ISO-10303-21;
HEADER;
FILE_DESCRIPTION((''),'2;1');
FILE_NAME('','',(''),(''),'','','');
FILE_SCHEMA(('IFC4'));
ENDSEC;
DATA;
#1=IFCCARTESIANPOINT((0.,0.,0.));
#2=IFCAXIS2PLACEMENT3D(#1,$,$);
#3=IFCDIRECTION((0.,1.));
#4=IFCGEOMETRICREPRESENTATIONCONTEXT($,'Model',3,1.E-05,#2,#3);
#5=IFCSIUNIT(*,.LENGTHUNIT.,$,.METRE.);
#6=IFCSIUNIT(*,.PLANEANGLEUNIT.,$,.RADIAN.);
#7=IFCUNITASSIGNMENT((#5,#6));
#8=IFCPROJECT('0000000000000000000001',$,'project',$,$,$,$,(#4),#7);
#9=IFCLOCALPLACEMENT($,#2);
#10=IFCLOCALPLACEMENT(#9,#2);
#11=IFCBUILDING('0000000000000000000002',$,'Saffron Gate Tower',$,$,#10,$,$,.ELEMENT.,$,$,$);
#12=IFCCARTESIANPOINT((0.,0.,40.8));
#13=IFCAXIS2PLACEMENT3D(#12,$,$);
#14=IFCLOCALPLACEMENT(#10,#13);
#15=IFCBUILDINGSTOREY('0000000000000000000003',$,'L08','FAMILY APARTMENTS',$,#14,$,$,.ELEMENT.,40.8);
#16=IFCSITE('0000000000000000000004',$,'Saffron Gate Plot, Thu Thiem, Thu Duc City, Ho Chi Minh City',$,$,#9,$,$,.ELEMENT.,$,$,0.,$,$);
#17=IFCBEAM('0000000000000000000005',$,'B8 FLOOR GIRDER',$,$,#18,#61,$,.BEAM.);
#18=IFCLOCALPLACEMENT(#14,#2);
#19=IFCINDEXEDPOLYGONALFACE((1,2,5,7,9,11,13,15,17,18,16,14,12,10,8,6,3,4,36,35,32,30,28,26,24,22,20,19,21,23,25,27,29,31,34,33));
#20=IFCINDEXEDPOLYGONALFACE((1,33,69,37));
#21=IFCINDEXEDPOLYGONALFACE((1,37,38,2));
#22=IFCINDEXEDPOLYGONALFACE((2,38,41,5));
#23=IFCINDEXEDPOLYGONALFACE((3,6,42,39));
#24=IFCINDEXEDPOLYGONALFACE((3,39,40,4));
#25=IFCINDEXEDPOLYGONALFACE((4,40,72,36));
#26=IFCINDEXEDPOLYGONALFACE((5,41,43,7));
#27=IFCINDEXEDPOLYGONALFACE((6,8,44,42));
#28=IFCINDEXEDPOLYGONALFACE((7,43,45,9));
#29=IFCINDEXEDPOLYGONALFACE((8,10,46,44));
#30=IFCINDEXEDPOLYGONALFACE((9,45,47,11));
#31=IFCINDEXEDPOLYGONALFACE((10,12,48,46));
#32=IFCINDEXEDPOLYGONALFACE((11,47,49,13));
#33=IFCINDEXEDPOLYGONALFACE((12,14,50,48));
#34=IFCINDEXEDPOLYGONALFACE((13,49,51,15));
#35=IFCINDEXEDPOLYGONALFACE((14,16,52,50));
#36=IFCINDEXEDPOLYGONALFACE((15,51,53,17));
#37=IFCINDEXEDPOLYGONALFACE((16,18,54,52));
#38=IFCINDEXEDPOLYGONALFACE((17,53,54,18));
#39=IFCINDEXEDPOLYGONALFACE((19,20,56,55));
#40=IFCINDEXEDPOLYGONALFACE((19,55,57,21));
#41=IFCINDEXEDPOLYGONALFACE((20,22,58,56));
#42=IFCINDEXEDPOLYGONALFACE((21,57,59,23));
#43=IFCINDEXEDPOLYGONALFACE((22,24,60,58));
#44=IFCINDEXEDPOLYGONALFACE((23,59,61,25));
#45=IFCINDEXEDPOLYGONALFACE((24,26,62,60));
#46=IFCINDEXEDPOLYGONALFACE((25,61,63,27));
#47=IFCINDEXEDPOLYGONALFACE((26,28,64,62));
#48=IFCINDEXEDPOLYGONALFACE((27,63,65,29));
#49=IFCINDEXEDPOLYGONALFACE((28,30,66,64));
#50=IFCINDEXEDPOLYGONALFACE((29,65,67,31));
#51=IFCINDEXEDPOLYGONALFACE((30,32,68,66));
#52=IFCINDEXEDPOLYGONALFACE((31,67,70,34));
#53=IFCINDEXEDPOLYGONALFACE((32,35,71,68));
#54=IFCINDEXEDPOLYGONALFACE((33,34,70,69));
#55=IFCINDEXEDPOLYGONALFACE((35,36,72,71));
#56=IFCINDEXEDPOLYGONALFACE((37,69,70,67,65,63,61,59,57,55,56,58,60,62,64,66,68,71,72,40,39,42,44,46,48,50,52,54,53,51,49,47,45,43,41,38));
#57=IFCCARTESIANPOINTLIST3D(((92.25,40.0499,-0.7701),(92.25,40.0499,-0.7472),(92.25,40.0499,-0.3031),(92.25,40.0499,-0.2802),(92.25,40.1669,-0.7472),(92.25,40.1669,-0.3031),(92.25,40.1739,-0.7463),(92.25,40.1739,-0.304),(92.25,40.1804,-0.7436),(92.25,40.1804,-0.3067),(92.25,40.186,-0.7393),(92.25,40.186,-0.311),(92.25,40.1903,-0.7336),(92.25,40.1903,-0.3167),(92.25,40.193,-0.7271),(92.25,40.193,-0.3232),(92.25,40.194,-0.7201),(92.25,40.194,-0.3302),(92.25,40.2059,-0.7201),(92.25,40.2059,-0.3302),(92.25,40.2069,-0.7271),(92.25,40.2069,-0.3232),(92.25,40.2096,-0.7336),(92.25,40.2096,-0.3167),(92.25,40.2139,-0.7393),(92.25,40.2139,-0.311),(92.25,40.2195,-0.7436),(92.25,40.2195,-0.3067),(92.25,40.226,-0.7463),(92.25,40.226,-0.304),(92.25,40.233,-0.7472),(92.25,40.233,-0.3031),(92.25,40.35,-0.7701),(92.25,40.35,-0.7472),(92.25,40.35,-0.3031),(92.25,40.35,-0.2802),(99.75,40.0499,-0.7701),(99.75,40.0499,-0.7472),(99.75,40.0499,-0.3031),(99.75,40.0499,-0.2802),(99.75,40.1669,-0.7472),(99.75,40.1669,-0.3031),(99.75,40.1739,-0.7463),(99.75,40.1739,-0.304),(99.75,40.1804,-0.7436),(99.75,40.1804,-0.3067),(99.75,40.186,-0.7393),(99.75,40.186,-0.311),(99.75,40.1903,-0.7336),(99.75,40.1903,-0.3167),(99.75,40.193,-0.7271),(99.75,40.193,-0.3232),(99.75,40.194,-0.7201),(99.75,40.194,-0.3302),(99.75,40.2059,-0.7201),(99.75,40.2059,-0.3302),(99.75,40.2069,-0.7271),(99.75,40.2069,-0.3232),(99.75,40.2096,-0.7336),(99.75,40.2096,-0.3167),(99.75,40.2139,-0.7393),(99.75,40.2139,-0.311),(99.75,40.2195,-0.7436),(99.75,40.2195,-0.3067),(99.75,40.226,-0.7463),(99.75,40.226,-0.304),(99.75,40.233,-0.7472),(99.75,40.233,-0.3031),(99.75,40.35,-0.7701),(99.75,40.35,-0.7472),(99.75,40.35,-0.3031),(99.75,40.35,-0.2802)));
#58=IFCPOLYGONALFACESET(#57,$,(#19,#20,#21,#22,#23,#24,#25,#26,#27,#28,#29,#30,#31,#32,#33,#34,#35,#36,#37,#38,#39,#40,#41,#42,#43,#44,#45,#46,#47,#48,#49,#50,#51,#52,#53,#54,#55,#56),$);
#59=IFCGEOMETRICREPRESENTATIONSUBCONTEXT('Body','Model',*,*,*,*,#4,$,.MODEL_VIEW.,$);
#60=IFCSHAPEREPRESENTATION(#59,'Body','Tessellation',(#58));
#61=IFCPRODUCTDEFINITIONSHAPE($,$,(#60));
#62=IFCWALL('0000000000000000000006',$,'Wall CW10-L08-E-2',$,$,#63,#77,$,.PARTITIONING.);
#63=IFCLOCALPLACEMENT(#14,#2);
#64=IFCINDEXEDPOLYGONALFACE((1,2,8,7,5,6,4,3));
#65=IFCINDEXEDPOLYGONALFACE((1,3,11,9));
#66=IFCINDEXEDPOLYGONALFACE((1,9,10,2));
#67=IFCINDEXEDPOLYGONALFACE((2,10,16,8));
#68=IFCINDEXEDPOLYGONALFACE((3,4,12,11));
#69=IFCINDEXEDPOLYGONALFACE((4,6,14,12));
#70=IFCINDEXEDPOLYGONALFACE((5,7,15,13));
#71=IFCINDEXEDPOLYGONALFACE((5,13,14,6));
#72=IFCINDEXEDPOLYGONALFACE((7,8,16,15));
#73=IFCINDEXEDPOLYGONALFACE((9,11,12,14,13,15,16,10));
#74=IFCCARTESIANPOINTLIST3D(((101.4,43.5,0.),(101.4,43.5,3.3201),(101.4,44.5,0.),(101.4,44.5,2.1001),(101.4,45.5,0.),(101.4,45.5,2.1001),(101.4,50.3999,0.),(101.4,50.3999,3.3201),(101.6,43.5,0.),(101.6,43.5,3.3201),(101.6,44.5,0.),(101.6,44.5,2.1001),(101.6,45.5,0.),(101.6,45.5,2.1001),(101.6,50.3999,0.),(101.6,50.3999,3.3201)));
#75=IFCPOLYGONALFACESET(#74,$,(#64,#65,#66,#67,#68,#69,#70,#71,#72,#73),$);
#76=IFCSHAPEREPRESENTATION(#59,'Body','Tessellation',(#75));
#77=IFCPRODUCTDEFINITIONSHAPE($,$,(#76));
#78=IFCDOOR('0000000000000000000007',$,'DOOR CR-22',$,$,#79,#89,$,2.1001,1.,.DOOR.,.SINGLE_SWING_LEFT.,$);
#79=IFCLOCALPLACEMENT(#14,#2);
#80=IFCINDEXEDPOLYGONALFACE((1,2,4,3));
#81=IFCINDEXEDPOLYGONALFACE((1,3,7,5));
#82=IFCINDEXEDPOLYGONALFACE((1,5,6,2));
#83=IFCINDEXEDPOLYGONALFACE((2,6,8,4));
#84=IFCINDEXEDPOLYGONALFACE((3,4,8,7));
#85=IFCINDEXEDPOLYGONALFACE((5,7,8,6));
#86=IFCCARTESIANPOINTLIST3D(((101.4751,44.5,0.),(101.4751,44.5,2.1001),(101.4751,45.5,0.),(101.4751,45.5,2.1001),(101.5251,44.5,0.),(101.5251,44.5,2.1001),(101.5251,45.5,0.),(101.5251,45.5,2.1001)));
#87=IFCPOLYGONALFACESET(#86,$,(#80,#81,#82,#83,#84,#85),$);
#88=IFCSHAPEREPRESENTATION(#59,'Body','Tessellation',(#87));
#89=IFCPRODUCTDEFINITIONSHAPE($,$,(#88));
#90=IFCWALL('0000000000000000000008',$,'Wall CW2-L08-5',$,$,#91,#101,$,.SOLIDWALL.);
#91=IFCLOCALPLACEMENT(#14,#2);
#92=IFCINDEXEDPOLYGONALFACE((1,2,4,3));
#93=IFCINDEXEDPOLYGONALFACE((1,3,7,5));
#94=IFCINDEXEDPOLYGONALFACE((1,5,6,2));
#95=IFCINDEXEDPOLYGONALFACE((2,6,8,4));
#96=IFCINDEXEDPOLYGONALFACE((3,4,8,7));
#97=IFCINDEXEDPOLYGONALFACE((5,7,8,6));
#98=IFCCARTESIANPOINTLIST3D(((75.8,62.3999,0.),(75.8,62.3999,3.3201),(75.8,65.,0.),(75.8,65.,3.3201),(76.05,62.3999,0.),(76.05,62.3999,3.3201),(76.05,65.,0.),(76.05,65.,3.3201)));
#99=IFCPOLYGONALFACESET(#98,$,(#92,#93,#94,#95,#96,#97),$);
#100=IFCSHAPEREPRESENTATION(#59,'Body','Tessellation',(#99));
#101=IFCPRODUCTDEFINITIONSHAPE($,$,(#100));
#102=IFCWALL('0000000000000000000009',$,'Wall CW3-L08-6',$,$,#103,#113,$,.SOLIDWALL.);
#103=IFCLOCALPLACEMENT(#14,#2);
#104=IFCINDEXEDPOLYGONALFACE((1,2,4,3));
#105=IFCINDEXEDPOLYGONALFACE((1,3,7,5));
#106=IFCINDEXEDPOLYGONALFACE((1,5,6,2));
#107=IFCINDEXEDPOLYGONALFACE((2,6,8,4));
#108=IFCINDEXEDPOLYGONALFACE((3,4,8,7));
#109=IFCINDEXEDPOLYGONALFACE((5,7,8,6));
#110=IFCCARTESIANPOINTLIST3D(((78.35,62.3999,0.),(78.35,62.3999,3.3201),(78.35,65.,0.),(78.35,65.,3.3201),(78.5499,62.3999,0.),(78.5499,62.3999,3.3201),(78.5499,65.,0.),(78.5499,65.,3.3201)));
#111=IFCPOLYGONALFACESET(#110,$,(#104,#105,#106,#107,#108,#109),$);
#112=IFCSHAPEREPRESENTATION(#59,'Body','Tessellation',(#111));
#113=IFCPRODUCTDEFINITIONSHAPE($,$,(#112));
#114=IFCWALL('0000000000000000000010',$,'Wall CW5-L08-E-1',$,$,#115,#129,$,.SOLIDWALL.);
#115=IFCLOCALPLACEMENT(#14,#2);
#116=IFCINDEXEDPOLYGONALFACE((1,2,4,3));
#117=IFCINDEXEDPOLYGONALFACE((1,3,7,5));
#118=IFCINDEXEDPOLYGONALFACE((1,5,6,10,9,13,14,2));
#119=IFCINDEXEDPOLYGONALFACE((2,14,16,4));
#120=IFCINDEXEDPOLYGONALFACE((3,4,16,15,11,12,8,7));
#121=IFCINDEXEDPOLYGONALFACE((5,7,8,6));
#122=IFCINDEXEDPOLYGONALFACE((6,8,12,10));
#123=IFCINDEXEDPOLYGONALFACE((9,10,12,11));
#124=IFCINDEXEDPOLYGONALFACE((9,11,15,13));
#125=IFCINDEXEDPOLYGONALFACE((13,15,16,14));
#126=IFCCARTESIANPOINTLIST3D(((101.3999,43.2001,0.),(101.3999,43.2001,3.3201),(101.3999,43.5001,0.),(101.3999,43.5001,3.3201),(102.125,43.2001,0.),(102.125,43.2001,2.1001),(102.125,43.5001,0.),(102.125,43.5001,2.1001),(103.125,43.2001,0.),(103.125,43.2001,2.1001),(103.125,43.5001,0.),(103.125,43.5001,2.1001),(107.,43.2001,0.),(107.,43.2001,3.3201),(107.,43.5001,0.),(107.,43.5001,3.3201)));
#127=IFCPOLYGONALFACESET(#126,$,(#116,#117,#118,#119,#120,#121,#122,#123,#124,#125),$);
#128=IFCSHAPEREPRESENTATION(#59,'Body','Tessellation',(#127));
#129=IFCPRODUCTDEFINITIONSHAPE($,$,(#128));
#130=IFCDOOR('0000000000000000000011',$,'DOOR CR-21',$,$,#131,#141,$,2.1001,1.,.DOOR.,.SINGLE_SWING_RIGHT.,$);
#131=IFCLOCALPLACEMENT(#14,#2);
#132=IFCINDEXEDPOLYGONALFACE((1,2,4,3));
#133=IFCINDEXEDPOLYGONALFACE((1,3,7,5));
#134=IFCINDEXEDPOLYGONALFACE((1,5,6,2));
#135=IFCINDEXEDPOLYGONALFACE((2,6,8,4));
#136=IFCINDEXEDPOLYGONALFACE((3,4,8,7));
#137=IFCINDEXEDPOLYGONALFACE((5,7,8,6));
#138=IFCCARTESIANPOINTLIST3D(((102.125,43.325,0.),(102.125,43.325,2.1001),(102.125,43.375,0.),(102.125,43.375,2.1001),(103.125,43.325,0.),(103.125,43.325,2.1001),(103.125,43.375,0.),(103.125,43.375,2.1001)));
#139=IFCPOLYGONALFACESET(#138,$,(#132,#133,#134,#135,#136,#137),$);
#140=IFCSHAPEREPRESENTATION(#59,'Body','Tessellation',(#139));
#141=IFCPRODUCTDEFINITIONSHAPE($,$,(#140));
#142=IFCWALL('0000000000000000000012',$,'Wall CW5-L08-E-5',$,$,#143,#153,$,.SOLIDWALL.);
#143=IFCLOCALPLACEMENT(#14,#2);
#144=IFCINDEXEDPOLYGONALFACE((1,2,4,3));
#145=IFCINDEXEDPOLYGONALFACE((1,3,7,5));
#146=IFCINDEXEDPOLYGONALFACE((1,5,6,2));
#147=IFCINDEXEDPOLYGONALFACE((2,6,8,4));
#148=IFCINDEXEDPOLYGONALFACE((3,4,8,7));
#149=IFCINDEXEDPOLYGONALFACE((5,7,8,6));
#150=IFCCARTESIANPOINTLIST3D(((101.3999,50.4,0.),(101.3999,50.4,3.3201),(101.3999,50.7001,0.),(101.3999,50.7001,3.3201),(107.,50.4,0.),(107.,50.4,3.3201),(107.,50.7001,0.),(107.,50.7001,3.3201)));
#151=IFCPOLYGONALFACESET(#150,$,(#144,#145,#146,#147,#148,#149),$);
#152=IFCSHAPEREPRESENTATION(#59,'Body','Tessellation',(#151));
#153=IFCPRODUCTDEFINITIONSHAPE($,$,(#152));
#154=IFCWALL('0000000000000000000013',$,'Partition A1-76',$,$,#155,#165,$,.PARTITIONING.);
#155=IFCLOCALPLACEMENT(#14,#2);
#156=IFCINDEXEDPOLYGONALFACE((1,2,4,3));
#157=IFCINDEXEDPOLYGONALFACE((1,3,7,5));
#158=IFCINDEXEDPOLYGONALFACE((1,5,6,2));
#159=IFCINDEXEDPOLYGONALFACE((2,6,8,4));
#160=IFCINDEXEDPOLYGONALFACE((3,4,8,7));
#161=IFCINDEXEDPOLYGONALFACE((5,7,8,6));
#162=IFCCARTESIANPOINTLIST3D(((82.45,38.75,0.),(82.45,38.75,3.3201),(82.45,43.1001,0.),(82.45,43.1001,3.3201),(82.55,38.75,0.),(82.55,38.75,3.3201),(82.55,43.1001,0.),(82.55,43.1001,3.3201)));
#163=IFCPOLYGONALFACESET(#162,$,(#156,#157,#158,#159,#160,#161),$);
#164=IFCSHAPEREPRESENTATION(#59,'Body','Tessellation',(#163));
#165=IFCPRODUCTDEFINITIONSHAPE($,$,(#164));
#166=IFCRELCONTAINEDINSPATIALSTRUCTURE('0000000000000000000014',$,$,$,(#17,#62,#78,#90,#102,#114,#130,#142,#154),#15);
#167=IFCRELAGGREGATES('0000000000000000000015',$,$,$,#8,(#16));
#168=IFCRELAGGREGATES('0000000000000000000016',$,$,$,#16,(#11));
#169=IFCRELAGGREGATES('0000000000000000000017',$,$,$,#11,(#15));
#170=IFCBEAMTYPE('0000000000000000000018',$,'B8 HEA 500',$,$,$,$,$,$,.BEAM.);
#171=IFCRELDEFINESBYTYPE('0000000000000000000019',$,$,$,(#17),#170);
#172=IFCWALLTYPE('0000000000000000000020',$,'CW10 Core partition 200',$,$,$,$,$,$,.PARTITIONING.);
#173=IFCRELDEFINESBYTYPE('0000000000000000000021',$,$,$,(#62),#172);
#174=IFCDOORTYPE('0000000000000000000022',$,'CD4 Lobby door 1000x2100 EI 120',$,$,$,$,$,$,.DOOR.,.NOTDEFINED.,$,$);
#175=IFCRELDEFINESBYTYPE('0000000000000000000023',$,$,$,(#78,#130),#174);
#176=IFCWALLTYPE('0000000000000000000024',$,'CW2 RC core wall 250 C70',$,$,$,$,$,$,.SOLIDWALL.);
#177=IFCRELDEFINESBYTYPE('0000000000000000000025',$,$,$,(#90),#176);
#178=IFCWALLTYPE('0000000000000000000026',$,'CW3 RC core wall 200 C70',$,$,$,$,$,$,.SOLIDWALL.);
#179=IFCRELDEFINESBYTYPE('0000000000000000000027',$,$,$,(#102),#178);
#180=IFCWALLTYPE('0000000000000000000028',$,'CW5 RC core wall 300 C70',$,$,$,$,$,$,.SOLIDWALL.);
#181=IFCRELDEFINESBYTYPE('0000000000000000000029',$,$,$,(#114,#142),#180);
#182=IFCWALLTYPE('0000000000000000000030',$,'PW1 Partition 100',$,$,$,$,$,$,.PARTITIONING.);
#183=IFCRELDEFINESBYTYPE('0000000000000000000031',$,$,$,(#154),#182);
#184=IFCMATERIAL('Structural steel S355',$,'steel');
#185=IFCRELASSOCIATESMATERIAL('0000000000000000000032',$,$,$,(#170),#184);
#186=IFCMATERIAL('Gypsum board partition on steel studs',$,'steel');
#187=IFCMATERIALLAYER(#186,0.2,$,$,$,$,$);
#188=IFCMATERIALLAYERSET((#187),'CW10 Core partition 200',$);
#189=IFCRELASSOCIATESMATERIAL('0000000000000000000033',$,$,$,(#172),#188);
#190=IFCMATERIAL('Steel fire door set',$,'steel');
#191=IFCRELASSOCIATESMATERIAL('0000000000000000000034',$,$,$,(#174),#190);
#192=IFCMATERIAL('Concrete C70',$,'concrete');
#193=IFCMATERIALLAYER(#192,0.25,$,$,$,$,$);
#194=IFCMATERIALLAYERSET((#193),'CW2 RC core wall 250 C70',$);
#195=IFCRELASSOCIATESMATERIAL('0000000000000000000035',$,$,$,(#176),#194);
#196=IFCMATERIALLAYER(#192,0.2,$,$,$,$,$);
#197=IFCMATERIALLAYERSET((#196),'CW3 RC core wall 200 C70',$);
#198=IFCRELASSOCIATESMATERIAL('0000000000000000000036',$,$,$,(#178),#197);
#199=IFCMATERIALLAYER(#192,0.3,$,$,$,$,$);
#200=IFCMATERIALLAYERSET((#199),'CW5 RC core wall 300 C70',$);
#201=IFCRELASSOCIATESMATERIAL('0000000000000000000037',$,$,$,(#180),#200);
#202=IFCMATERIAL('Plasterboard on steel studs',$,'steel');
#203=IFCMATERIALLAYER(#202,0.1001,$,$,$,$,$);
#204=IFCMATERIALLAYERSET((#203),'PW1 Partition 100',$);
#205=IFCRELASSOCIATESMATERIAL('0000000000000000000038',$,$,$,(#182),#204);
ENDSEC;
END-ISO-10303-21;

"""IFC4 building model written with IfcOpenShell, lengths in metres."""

from ifc_helpers import new_model, si_unit, direction, frame, frame_2d, origin, origin_2d, place, context, subcontext, project, spatial, rectangle, i_section, extrude, material, layer, layer_set, material_profile, profile_set, type_object, element, fill, save


model = new_model("IFC4")

# Units and contexts
model_context = context("Model", 3, precision=1e-05, world=origin(), true_north=direction((0.0, 1.0)))
body_context = subcontext(model_context, "Body", "Model", "MODEL_VIEW")
ifc_project = project(units=[si_unit("LENGTHUNIT", "METRE"), si_unit("PLANEANGLEUNIT", "RADIAN")], contexts=[model_context])

# Site, building, storey
site_placement = place(None, origin())
site = spatial("IfcSite", under=ifc_project, at=site_placement, Name="Saffron Gate Plot, Thu Thiem, Thu Duc City, Ho Chi Minh City", CompositionType="ELEMENT", RefElevation=0.0)
building_placement = place(site_placement, origin())
building = spatial("IfcBuilding", under=site, at=building_placement, Name="Saffron Gate Tower", CompositionType="ELEMENT")
storey_placement = place(building_placement, frame((0.0, 0.0, 40.8)))
storey = spatial("IfcBuildingStorey", under=building, at=storey_placement, Name="L08", Description="FAMILY APARTMENTS", CompositionType="ELEMENT", Elevation=40.8)

# Beam
ifc_material_1 = material(Name="Structural steel S355", Category="steel")
ifc_material_profile_1 = material_profile(ifc_material_1, i_section(OverallWidth=0.3, OverallDepth=0.49, WebThickness=0.012, FlangeThickness=0.0229, FilletRadius=0.0271, at=origin_2d()))
ifc_profile_set_1 = profile_set([ifc_material_profile_1], Name="Structural steel S355")
beam_type_1 = type_object("IfcBeamType", Name="B8 HEA 500", PredefinedType="BEAM", material=ifc_profile_set_1)
for number, where, z_axis, x_axis, name in (
    (1, (92.25, 40.2, -0.5251), (1.0, 0.0, 0.0), (0.0, 1.0, 0.0), "B8 FLOOR GIRDER"),
):
    element("IfcBeam", number, at=place(storey_placement, frame(where, z_axis=z_axis, x_axis=x_axis)), inside=storey, type_object=beam_type_1, Name=name, PredefinedType="BEAM", context=body_context, shape_type="SweptSolid", body=[
        extrude(i_section(OverallWidth=0.3, OverallDepth=0.49, WebThickness=0.012, FlangeThickness=0.0229, FilletRadius=0.0271, at=origin_2d()), origin(), (0.0, 0.0, 1.0), 7.5),
    ])

# Wall, opening, door
ifc_material_2 = material(Name="Gypsum board partition on steel studs", Category="steel")
ifc_layer_1 = layer(ifc_material_2, 0.2)
ifc_layer_set_1 = layer_set([ifc_layer_1], Name="CW10 Core partition 200")
wall_type_1 = type_object("IfcWallType", Name="CW10 Core partition 200", PredefinedType="PARTITIONING", material=ifc_layer_set_1)
wall_1_placement = place(storey_placement, frame((101.5, 43.5, 0.0), z_axis=(0.0, 0.0, 1.0), x_axis=(0.0, 1.0, 0.0)))
wall_1 = element("IfcWall", 2, at=wall_1_placement, inside=storey, type_object=wall_type_1, Name="Wall CW10-L08-E-2", PredefinedType="PARTITIONING", context=body_context, shape_type="SweptSolid", body=[
    extrude(rectangle(XDim=6.8999, YDim=0.2, at=frame_2d((3.45, 0.0))), origin(), (0.0, 0.0, 1.0), 3.3201),
])
opening_1_placement = place(wall_1_placement, frame((1.0, 0.0, 0.0)))
opening_1 = element("IfcOpeningElement", 3, at=opening_1_placement, cuts=wall_1, PredefinedType="OPENING", context=body_context, shape_type="SweptSolid", body=[
    extrude(rectangle(XDim=1.0, YDim=2.1001, at=frame_2d((0.5, 1.05))), frame((0.0, 0.1099, 0.0), z_axis=(0.0, -1.0, 0.0), x_axis=(1.0, 0.0, 0.0)), (0.0, 0.0, 1.0), 0.22),
])
ifc_material_3 = material(Name="Steel fire door set", Category="steel")
door_type_1 = type_object("IfcDoorType", Name="CD4 Lobby door 1000x2100 EI 120", OperationType="NOTDEFINED", PredefinedType="DOOR", material=ifc_material_3)
door_1_placement = place(opening_1_placement, origin())
door_1 = element("IfcDoor", 4, at=door_1_placement, inside=storey, type_object=door_type_1, Name="DOOR CR-22", OperationType="SINGLE_SWING_LEFT", OverallHeight=2.1001, OverallWidth=1.0, PredefinedType="DOOR", context=body_context, shape_type="SweptSolid", body=[
    extrude(rectangle(XDim=1.0, YDim=2.1001, at=frame_2d((0.5, 1.05))), frame((0.0, 0.0249, 0.0), z_axis=(0.0, -1.0, 0.0), x_axis=(1.0, 0.0, 0.0)), (0.0, 0.0, 1.0), 0.05),
])
fill(opening_1, door_1)

# Walls
ifc_material_4 = material(Name="Concrete C70", Category="concrete")
ifc_layer_2 = layer(ifc_material_4, 0.25)
ifc_layer_set_2 = layer_set([ifc_layer_2], Name="CW2 RC core wall 250 C70")
wall_type_2 = type_object("IfcWallType", Name="CW2 RC core wall 250 C70", PredefinedType="SOLIDWALL", material=ifc_layer_set_2)
wall_2_placement = place(storey_placement, frame((75.925, 62.3999, 0.0), z_axis=(0.0, 0.0, 1.0), x_axis=(0.0, 1.0, 0.0)))
element("IfcWall", 5, at=wall_2_placement, inside=storey, type_object=wall_type_2, Name="Wall CW2-L08-5", PredefinedType="SOLIDWALL", context=body_context, shape_type="SweptSolid", body=[
    extrude(rectangle(XDim=2.6001, YDim=0.25, at=frame_2d((1.3, 0.0))), origin(), (0.0, 0.0, 1.0), 3.3201),
])
ifc_layer_3 = layer(ifc_material_4, 0.2)
ifc_layer_set_3 = layer_set([ifc_layer_3], Name="CW3 RC core wall 200 C70")
wall_type_3 = type_object("IfcWallType", Name="CW3 RC core wall 200 C70", PredefinedType="SOLIDWALL", material=ifc_layer_set_3)
wall_3_placement = place(storey_placement, frame((78.45, 62.3999, 0.0), z_axis=(0.0, 0.0, 1.0), x_axis=(0.0, 1.0, 0.0)))
element("IfcWall", 6, at=wall_3_placement, inside=storey, type_object=wall_type_3, Name="Wall CW3-L08-6", PredefinedType="SOLIDWALL", context=body_context, shape_type="SweptSolid", body=[
    extrude(rectangle(XDim=2.6001, YDim=0.2, at=frame_2d((1.3, 0.0))), origin(), (0.0, 0.0, 1.0), 3.3201),
])

# Wall, opening, door
ifc_layer_4 = layer(ifc_material_4, 0.3)
ifc_layer_set_4 = layer_set([ifc_layer_4], Name="CW5 RC core wall 300 C70")
wall_type_4 = type_object("IfcWallType", Name="CW5 RC core wall 300 C70", PredefinedType="SOLIDWALL", material=ifc_layer_set_4)
wall_4_placement = place(storey_placement, frame((101.3999, 43.3501, 0.0), z_axis=(0.0, 0.0, 1.0), x_axis=(1.0, 0.0, 0.0)))
wall_4 = element("IfcWall", 7, at=wall_4_placement, inside=storey, type_object=wall_type_4, Name="Wall CW5-L08-E-1", PredefinedType="SOLIDWALL", context=body_context, shape_type="SweptSolid", body=[
    extrude(rectangle(XDim=5.6001, YDim=0.3, at=frame_2d((2.8, 0.0))), origin(), (0.0, 0.0, 1.0), 3.3201),
])
opening_2_placement = place(wall_4_placement, frame((0.7251, 0.0, 0.0)))
opening_2 = element("IfcOpeningElement", 8, at=opening_2_placement, cuts=wall_4, PredefinedType="OPENING", context=body_context, shape_type="SweptSolid", body=[
    extrude(rectangle(XDim=1.0, YDim=2.1001, at=frame_2d((0.5, 1.05))), frame((0.0, 0.1602, 0.0), z_axis=(0.0, -1.0, 0.0), x_axis=(1.0, 0.0, 0.0)), (0.0, 0.0, 1.0), 0.3201),
])
door_2_placement = place(opening_2_placement, origin())
door_2 = element("IfcDoor", 9, at=door_2_placement, inside=storey, type_object=door_type_1, Name="DOOR CR-21", OperationType="SINGLE_SWING_RIGHT", OverallHeight=2.1001, OverallWidth=1.0, PredefinedType="DOOR", context=body_context, shape_type="SweptSolid", body=[
    extrude(rectangle(XDim=1.0, YDim=2.1001, at=frame_2d((0.5, 1.05))), frame((0.0, 0.0249, 0.0), z_axis=(0.0, -1.0, 0.0), x_axis=(1.0, 0.0, 0.0)), (0.0, 0.0, 1.0), 0.05),
])
fill(opening_2, door_2)

# Walls
wall_5_placement = place(storey_placement, frame((101.3999, 50.55, 0.0), z_axis=(0.0, 0.0, 1.0), x_axis=(1.0, 0.0, 0.0)))
element("IfcWall", 10, at=wall_5_placement, inside=storey, type_object=wall_type_4, Name="Wall CW5-L08-E-5", PredefinedType="SOLIDWALL", context=body_context, shape_type="SweptSolid", body=[
    extrude(rectangle(XDim=5.6001, YDim=0.3, at=frame_2d((2.8, 0.0))), origin(), (0.0, 0.0, 1.0), 3.3201),
])
ifc_material_5 = material(Name="Plasterboard on steel studs", Category="steel")
ifc_layer_5 = layer(ifc_material_5, 0.1001)
ifc_layer_set_5 = layer_set([ifc_layer_5], Name="PW1 Partition 100")
wall_type_5 = type_object("IfcWallType", Name="PW1 Partition 100", PredefinedType="PARTITIONING", material=ifc_layer_set_5)
wall_6_placement = place(storey_placement, frame((82.5, 43.1001, 0.0), z_axis=(0.0, 0.0, 1.0), x_axis=(0.0, -1.0, 0.0)))
element("IfcWall", 11, at=wall_6_placement, inside=storey, type_object=wall_type_5, Name="Partition A1-76", PredefinedType="PARTITIONING", context=body_context, shape_type="SweptSolid", body=[
    extrude(rectangle(XDim=4.3501, YDim=0.1001, at=frame_2d((2.175, 0.0))), origin(), (0.0, 0.0, 1.0), 3.3201),
])

save(model, "model.ifc")
